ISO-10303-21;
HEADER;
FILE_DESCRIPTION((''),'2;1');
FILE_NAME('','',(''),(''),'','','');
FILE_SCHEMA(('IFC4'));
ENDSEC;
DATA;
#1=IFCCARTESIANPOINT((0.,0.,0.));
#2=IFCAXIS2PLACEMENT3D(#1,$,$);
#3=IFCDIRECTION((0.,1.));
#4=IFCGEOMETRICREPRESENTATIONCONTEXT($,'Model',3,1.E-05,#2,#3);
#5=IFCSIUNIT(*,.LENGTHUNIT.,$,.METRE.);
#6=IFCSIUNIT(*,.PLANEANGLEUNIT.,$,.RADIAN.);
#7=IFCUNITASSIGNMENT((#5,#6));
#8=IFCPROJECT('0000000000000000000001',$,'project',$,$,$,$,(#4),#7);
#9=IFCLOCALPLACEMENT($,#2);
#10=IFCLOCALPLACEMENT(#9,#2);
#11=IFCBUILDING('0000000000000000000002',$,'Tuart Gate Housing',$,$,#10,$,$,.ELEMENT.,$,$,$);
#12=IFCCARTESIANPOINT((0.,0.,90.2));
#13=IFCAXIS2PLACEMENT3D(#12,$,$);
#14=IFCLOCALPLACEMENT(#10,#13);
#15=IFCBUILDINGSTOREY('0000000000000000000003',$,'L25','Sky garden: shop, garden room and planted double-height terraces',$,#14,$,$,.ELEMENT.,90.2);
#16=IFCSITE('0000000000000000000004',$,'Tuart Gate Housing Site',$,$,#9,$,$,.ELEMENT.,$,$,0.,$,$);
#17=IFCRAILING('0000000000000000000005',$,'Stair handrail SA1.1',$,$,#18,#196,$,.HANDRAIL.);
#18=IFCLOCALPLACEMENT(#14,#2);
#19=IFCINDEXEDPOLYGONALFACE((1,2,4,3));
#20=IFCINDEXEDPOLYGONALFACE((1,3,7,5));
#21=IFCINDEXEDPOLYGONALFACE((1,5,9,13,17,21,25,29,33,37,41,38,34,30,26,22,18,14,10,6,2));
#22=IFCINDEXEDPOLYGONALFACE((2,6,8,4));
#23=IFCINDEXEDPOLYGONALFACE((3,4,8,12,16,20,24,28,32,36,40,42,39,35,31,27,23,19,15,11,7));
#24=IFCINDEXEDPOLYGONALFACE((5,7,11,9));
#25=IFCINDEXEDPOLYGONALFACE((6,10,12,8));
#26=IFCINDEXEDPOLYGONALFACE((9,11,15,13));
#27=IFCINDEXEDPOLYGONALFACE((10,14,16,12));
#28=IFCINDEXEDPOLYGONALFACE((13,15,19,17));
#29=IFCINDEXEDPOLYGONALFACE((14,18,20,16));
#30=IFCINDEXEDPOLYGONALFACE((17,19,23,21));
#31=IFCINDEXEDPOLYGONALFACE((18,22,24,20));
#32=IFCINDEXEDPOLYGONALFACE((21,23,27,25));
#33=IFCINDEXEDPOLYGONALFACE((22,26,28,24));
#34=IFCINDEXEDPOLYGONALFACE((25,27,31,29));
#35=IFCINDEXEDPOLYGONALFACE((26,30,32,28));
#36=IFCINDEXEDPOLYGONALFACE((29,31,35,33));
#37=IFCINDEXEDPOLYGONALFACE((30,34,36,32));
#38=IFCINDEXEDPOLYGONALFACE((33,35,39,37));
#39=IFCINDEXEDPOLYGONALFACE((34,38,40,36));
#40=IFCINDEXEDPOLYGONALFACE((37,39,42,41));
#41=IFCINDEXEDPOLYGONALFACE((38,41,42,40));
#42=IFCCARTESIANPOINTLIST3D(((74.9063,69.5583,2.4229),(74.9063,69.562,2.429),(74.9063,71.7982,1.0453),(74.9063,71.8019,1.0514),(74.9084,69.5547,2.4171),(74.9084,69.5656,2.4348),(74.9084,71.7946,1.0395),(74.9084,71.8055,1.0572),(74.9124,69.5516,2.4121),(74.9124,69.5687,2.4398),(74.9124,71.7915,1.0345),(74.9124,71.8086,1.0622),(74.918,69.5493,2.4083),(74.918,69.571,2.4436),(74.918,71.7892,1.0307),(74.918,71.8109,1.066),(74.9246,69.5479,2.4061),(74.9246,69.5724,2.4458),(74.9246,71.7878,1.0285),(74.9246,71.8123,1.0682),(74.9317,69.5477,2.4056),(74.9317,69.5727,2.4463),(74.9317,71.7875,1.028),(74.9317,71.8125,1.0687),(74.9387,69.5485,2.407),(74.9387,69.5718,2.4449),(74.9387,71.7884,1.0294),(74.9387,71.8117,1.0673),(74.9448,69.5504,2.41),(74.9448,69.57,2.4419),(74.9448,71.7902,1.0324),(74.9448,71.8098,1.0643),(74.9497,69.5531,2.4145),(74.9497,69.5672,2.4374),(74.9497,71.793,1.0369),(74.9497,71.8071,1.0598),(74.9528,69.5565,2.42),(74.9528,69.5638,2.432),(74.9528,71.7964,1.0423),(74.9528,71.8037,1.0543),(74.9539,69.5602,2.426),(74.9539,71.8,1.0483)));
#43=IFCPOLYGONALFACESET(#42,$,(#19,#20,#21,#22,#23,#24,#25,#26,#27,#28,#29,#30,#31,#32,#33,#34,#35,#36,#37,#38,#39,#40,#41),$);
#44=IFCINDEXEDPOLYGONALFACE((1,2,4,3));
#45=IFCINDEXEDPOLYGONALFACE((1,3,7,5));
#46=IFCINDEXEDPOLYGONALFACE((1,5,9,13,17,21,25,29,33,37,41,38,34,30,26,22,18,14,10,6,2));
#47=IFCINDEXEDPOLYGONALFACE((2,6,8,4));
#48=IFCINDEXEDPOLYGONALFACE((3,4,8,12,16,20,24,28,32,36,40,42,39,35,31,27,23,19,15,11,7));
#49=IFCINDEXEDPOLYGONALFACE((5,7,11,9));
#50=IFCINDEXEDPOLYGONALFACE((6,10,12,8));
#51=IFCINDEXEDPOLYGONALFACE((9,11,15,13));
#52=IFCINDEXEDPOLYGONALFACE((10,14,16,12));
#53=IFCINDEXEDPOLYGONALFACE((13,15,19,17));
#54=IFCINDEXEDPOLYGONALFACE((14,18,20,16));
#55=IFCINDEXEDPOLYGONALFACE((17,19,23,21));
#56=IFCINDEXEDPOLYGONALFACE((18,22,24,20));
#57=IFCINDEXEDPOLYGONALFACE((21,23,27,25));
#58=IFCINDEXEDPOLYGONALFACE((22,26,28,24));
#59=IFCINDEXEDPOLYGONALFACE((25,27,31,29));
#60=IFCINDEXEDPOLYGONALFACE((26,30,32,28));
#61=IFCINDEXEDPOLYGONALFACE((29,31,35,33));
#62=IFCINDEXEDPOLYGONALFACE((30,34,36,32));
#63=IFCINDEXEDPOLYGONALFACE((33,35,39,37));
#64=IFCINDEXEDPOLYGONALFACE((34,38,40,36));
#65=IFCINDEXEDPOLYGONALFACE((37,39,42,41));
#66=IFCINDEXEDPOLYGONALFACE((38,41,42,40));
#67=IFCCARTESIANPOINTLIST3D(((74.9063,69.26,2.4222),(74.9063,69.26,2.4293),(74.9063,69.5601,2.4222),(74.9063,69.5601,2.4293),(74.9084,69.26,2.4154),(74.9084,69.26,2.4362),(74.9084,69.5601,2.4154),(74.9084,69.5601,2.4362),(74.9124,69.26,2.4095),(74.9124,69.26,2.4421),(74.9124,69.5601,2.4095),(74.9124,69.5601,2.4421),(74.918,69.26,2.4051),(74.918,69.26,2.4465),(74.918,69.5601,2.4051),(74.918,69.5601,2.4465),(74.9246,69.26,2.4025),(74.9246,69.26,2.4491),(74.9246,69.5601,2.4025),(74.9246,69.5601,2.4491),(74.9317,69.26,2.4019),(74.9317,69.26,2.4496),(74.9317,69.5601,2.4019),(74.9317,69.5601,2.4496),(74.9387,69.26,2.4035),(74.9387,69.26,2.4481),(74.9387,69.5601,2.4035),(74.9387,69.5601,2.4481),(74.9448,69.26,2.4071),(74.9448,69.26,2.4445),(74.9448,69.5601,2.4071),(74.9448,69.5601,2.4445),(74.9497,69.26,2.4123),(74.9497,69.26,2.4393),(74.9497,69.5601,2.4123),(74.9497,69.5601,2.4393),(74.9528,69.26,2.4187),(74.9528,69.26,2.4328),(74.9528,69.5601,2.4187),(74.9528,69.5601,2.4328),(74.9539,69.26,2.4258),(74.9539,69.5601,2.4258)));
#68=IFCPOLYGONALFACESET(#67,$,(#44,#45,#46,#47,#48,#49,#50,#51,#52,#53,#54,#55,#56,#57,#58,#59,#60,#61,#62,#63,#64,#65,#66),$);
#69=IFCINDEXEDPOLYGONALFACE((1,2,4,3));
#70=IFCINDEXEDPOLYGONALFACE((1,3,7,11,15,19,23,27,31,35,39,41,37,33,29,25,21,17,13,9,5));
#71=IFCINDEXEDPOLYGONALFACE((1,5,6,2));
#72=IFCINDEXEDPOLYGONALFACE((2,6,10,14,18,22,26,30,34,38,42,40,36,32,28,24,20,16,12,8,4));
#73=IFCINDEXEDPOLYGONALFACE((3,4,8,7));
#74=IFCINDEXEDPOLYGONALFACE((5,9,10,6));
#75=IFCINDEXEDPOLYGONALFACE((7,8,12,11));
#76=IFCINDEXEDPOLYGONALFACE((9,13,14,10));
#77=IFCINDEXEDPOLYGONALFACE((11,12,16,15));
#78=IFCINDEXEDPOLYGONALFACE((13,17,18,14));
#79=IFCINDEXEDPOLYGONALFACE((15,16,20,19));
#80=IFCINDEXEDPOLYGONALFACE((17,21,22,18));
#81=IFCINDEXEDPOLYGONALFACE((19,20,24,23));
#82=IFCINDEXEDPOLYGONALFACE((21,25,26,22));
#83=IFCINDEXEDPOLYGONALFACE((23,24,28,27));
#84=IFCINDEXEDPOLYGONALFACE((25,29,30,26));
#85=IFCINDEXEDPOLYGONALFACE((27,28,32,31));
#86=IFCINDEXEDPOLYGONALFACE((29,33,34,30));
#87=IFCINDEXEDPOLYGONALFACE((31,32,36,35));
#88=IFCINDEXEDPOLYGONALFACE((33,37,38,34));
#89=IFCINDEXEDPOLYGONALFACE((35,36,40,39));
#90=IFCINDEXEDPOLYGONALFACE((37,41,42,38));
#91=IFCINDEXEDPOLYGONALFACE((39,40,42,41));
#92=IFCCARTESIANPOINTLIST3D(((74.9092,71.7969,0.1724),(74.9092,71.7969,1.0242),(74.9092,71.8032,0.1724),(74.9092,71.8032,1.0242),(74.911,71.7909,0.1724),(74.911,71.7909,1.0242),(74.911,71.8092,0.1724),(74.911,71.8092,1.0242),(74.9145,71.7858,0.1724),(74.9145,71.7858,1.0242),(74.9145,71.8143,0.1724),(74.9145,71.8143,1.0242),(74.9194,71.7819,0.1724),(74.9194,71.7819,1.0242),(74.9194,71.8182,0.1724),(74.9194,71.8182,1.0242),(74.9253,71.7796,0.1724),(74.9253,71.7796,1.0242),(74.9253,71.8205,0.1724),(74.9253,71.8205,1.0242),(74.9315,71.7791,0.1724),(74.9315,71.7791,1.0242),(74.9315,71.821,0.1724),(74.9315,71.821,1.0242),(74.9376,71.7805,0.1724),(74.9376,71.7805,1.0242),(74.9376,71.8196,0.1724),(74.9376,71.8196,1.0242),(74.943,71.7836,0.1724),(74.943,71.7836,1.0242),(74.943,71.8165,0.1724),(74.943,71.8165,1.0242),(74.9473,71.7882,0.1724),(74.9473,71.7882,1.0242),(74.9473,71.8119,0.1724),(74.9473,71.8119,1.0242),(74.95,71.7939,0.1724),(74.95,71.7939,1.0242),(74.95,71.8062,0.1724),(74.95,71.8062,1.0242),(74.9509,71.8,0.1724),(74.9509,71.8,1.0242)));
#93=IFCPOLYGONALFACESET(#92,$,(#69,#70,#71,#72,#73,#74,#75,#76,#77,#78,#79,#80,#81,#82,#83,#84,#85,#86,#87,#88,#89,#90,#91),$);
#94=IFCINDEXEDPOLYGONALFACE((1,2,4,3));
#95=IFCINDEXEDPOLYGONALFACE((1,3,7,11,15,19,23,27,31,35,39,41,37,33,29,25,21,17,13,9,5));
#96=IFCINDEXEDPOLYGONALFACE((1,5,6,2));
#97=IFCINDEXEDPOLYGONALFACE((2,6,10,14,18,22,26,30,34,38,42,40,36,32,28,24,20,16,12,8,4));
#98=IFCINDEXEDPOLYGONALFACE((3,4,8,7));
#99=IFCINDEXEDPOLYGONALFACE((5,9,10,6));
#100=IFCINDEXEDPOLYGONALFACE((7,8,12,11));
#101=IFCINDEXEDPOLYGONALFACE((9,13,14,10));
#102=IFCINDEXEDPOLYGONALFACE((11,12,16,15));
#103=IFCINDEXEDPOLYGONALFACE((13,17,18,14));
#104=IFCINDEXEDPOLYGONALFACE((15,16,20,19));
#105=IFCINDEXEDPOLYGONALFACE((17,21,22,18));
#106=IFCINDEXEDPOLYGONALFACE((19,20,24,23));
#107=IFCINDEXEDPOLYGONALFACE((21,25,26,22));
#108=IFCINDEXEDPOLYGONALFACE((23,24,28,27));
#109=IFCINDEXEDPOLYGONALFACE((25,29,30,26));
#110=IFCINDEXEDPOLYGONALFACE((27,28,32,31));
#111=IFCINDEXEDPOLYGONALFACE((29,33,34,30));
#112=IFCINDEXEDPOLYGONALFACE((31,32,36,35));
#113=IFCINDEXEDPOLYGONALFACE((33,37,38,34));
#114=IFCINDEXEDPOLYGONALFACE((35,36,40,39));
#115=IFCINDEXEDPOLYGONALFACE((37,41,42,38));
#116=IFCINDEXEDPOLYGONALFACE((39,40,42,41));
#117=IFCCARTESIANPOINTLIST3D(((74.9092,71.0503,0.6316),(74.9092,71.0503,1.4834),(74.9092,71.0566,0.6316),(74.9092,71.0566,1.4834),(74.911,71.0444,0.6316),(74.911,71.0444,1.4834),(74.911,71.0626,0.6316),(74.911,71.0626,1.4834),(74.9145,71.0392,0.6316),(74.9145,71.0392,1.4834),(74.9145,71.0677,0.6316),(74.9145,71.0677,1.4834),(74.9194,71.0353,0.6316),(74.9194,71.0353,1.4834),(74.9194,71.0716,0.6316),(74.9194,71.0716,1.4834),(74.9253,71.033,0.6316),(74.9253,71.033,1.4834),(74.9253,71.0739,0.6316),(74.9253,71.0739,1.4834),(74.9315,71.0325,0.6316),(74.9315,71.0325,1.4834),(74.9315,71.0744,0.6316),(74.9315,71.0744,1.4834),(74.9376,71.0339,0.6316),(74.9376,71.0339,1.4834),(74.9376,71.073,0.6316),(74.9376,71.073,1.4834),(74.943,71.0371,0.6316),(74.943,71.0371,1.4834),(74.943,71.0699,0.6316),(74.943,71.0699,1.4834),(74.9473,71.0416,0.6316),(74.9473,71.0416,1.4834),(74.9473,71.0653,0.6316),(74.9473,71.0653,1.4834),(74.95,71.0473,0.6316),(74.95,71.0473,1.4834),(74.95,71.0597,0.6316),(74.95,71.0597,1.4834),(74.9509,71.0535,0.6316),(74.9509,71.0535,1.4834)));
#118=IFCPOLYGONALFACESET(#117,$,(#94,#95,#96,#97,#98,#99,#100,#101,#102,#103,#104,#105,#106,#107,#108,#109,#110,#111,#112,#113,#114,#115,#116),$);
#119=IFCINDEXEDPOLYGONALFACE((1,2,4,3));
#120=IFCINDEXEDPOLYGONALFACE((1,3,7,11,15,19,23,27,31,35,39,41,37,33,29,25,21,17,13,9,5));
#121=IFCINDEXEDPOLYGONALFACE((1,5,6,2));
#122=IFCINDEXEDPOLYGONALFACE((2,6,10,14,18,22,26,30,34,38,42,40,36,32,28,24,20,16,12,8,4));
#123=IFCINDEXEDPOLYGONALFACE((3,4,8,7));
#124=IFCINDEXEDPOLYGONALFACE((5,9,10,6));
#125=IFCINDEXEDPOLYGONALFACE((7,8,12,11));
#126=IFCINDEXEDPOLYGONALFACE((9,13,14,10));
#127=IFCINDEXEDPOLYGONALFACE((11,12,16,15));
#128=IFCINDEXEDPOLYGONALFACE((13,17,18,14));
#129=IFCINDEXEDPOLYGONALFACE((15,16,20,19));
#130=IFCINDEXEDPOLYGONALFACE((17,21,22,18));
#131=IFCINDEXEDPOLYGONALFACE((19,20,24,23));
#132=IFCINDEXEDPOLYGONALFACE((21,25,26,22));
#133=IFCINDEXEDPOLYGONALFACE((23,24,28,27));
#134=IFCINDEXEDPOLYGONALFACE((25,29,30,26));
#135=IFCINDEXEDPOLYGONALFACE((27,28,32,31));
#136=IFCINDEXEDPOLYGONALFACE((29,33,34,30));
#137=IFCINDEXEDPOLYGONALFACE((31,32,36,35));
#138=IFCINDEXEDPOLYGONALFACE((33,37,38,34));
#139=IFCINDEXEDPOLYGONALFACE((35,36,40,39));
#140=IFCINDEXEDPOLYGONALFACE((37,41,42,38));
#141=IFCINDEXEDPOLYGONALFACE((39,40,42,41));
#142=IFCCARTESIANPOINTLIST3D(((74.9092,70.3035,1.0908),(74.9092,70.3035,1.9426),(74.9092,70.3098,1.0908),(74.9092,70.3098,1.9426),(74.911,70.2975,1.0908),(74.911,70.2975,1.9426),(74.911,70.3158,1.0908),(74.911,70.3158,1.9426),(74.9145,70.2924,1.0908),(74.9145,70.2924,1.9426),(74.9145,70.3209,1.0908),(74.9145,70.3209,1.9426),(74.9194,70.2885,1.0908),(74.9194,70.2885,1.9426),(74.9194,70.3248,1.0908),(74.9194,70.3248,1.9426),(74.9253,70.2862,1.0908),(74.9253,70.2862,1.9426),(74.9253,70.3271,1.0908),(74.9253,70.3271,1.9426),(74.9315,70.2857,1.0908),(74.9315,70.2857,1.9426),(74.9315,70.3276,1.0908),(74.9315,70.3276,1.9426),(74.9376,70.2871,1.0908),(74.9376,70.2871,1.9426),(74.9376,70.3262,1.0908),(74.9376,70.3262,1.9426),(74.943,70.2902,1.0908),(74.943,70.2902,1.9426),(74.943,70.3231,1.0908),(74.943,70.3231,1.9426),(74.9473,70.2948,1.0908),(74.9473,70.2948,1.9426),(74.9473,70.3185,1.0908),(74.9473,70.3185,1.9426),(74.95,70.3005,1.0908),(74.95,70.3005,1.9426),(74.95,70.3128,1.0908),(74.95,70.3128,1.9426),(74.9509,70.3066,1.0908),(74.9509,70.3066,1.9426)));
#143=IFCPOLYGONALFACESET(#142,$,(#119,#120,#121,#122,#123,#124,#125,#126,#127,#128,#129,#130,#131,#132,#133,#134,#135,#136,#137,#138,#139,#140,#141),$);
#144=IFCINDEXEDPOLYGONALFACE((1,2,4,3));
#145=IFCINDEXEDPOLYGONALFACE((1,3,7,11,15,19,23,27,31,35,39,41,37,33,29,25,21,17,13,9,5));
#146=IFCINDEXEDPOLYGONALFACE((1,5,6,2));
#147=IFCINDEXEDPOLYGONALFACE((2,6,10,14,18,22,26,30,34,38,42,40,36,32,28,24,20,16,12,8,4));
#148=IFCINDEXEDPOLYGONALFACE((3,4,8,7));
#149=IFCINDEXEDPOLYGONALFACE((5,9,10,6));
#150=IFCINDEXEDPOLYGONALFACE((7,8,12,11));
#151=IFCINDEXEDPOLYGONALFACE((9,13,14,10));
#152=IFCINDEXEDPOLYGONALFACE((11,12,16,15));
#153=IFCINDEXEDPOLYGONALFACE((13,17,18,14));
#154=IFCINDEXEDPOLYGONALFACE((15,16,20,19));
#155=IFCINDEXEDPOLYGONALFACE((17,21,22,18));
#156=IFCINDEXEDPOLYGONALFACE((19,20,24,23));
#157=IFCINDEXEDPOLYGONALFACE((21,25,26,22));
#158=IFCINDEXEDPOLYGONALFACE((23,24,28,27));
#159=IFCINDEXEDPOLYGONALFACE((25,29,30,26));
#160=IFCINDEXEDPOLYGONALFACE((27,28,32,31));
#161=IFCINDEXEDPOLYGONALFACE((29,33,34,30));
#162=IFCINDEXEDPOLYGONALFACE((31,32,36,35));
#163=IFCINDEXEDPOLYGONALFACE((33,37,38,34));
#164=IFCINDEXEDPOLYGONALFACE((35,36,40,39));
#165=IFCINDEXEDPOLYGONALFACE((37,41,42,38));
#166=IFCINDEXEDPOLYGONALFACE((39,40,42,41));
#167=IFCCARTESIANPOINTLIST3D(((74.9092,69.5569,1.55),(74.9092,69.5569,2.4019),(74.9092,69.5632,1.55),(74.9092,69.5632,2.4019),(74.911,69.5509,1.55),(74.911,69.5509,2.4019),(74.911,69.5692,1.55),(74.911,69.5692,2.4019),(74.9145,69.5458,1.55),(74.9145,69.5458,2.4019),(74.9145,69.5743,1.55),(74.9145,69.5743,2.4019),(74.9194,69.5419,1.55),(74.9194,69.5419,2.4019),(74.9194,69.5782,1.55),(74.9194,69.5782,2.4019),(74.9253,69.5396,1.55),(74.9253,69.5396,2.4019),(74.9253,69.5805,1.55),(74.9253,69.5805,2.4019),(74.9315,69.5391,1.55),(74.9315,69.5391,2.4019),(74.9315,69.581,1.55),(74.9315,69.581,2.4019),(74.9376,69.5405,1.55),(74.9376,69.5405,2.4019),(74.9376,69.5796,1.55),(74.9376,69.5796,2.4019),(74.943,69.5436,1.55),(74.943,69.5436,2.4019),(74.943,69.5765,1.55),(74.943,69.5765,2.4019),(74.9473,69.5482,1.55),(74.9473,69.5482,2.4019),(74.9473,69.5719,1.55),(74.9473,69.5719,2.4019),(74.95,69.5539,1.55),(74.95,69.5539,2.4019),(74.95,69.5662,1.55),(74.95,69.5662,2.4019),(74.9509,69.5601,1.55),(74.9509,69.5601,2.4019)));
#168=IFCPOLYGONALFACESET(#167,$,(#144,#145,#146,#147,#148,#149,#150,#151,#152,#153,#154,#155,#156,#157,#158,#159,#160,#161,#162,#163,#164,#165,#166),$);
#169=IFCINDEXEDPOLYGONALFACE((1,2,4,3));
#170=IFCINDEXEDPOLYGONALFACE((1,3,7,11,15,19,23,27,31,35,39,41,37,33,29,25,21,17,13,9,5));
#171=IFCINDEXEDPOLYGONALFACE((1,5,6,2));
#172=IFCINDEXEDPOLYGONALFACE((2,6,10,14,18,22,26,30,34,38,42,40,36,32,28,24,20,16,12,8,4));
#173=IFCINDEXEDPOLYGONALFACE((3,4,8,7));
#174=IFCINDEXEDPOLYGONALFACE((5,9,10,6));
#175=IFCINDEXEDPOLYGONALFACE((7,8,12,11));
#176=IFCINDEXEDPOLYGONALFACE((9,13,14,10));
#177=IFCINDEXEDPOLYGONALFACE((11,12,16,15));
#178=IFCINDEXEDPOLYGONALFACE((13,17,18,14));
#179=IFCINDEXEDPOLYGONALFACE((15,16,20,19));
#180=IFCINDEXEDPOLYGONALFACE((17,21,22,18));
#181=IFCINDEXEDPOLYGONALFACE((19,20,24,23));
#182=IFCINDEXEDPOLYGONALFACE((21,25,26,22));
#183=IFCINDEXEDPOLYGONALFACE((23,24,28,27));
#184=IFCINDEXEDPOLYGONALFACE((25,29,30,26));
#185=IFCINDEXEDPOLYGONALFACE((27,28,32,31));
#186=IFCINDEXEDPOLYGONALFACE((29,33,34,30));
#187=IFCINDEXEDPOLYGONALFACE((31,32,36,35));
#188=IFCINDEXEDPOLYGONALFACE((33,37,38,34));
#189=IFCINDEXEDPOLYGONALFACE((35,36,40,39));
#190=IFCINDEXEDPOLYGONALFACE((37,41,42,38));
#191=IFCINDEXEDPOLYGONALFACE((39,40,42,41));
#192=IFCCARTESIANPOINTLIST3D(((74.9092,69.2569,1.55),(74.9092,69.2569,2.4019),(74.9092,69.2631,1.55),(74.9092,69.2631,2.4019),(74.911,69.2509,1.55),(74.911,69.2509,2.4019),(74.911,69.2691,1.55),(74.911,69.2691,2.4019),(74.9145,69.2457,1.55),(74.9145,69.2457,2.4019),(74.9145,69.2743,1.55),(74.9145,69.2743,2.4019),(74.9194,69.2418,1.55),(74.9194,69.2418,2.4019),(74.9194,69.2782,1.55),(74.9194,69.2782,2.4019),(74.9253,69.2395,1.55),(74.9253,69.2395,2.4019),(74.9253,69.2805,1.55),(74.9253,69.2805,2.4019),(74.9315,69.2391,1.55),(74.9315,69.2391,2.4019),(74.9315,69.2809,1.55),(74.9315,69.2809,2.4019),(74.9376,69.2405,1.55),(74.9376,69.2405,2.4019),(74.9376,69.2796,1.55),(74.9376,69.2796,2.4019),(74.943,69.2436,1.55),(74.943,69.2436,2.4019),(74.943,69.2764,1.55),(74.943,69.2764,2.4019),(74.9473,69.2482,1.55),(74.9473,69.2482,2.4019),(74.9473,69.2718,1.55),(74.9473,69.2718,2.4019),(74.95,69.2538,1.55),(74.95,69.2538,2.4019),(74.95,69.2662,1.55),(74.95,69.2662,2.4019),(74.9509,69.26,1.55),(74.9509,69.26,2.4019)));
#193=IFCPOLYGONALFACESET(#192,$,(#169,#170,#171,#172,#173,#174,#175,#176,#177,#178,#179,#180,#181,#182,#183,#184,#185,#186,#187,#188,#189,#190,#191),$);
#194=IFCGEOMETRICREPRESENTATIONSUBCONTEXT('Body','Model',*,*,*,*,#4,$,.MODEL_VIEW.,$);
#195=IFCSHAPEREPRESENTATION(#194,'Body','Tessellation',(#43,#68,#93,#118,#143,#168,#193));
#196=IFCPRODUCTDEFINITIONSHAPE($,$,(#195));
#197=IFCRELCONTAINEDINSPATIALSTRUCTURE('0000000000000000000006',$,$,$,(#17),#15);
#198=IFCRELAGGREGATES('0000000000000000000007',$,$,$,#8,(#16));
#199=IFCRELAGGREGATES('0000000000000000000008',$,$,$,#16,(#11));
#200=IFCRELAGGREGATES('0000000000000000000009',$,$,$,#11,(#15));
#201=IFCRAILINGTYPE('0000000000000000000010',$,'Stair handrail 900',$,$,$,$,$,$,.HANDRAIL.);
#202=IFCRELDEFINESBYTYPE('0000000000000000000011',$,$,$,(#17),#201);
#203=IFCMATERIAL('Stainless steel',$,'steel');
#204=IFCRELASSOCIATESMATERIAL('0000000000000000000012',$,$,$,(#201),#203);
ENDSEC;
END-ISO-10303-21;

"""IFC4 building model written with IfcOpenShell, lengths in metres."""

from ifc_helpers import new_model, si_unit, direction, frame, origin, origin_2d, place, context, subcontext, project, spatial, circle, extrude, material, type_object, element, save


model = new_model("IFC4")

# Units and contexts
model_context = context("Model", 3, precision=1e-05, world=origin(), true_north=direction((0.0, 1.0)))
body_context = subcontext(model_context, "Body", "Model", "MODEL_VIEW")
ifc_project = project(units=[si_unit("LENGTHUNIT", "METRE"), si_unit("PLANEANGLEUNIT", "RADIAN")], contexts=[model_context])

# Site, building, storey
site_placement = place(None, origin())
site = spatial("IfcSite", under=ifc_project, at=site_placement, Name="Tuart Gate Housing Site", CompositionType="ELEMENT", RefElevation=0.0)
building_placement = place(site_placement, origin())
building = spatial("IfcBuilding", under=site, at=building_placement, Name="Tuart Gate Housing", CompositionType="ELEMENT")
storey_placement = place(building_placement, frame((0.0, 0.0, 90.2)))
storey = spatial("IfcBuildingStorey", under=building, at=storey_placement, Name="L25", Description="Sky garden: shop, garden room and planted double-height terraces", CompositionType="ELEMENT", Elevation=90.2)

# Railing
ifc_material_1 = material(Name="Stainless steel", Category="steel")
railing_type = type_object("IfcRailingType", Name="Stair handrail 900", PredefinedType="HANDRAIL", material=ifc_material_1)
railing_placement = place(storey_placement, frame((74.9299, 71.8, 0.1724)))
element("IfcRailing", 1, at=railing_placement, inside=storey, type_object=railing_type, Name="Stair handrail SA1.1", PredefinedType="HANDRAIL", context=body_context, shape_type="SweptSolid", body=[
    extrude(circle(Radius=0.0239, at=origin_2d()), frame((0.0, 0.0, 0.876), z_axis=(0.0, -0.851789, 0.523885), x_axis=(1.0, 0.0, 0.0)), (0.0, 0.0, 1.0), 2.6296),
    extrude(circle(Radius=0.0239, at=origin_2d()), frame((0.0, -2.24, 2.2534), z_axis=(0.0, -1.0, 0.0), x_axis=(1.0, 0.0, 0.0)), (0.0, 0.0, 1.0), 0.3),
    extrude(circle(Radius=0.021, at=origin_2d()), origin(), (0.0, 0.0, 1.0), 0.8518),
    extrude(circle(Radius=0.021, at=origin_2d()), frame((0.0, -0.7466, 0.4592)), (0.0, 0.0, 1.0), 0.8518),
    extrude(circle(Radius=0.021, at=origin_2d()), frame((0.0, -1.4934, 0.9185)), (0.0, 0.0, 1.0), 0.8518),
    extrude(circle(Radius=0.021, at=origin_2d()), frame((0.0, -2.24, 1.3777)), (0.0, 0.0, 1.0), 0.8518),
    extrude(circle(Radius=0.021, at=origin_2d()), frame((0.0, -2.54, 1.3777)), (0.0, 0.0, 1.0), 0.8518),
])

save(model, "model.ifc")
